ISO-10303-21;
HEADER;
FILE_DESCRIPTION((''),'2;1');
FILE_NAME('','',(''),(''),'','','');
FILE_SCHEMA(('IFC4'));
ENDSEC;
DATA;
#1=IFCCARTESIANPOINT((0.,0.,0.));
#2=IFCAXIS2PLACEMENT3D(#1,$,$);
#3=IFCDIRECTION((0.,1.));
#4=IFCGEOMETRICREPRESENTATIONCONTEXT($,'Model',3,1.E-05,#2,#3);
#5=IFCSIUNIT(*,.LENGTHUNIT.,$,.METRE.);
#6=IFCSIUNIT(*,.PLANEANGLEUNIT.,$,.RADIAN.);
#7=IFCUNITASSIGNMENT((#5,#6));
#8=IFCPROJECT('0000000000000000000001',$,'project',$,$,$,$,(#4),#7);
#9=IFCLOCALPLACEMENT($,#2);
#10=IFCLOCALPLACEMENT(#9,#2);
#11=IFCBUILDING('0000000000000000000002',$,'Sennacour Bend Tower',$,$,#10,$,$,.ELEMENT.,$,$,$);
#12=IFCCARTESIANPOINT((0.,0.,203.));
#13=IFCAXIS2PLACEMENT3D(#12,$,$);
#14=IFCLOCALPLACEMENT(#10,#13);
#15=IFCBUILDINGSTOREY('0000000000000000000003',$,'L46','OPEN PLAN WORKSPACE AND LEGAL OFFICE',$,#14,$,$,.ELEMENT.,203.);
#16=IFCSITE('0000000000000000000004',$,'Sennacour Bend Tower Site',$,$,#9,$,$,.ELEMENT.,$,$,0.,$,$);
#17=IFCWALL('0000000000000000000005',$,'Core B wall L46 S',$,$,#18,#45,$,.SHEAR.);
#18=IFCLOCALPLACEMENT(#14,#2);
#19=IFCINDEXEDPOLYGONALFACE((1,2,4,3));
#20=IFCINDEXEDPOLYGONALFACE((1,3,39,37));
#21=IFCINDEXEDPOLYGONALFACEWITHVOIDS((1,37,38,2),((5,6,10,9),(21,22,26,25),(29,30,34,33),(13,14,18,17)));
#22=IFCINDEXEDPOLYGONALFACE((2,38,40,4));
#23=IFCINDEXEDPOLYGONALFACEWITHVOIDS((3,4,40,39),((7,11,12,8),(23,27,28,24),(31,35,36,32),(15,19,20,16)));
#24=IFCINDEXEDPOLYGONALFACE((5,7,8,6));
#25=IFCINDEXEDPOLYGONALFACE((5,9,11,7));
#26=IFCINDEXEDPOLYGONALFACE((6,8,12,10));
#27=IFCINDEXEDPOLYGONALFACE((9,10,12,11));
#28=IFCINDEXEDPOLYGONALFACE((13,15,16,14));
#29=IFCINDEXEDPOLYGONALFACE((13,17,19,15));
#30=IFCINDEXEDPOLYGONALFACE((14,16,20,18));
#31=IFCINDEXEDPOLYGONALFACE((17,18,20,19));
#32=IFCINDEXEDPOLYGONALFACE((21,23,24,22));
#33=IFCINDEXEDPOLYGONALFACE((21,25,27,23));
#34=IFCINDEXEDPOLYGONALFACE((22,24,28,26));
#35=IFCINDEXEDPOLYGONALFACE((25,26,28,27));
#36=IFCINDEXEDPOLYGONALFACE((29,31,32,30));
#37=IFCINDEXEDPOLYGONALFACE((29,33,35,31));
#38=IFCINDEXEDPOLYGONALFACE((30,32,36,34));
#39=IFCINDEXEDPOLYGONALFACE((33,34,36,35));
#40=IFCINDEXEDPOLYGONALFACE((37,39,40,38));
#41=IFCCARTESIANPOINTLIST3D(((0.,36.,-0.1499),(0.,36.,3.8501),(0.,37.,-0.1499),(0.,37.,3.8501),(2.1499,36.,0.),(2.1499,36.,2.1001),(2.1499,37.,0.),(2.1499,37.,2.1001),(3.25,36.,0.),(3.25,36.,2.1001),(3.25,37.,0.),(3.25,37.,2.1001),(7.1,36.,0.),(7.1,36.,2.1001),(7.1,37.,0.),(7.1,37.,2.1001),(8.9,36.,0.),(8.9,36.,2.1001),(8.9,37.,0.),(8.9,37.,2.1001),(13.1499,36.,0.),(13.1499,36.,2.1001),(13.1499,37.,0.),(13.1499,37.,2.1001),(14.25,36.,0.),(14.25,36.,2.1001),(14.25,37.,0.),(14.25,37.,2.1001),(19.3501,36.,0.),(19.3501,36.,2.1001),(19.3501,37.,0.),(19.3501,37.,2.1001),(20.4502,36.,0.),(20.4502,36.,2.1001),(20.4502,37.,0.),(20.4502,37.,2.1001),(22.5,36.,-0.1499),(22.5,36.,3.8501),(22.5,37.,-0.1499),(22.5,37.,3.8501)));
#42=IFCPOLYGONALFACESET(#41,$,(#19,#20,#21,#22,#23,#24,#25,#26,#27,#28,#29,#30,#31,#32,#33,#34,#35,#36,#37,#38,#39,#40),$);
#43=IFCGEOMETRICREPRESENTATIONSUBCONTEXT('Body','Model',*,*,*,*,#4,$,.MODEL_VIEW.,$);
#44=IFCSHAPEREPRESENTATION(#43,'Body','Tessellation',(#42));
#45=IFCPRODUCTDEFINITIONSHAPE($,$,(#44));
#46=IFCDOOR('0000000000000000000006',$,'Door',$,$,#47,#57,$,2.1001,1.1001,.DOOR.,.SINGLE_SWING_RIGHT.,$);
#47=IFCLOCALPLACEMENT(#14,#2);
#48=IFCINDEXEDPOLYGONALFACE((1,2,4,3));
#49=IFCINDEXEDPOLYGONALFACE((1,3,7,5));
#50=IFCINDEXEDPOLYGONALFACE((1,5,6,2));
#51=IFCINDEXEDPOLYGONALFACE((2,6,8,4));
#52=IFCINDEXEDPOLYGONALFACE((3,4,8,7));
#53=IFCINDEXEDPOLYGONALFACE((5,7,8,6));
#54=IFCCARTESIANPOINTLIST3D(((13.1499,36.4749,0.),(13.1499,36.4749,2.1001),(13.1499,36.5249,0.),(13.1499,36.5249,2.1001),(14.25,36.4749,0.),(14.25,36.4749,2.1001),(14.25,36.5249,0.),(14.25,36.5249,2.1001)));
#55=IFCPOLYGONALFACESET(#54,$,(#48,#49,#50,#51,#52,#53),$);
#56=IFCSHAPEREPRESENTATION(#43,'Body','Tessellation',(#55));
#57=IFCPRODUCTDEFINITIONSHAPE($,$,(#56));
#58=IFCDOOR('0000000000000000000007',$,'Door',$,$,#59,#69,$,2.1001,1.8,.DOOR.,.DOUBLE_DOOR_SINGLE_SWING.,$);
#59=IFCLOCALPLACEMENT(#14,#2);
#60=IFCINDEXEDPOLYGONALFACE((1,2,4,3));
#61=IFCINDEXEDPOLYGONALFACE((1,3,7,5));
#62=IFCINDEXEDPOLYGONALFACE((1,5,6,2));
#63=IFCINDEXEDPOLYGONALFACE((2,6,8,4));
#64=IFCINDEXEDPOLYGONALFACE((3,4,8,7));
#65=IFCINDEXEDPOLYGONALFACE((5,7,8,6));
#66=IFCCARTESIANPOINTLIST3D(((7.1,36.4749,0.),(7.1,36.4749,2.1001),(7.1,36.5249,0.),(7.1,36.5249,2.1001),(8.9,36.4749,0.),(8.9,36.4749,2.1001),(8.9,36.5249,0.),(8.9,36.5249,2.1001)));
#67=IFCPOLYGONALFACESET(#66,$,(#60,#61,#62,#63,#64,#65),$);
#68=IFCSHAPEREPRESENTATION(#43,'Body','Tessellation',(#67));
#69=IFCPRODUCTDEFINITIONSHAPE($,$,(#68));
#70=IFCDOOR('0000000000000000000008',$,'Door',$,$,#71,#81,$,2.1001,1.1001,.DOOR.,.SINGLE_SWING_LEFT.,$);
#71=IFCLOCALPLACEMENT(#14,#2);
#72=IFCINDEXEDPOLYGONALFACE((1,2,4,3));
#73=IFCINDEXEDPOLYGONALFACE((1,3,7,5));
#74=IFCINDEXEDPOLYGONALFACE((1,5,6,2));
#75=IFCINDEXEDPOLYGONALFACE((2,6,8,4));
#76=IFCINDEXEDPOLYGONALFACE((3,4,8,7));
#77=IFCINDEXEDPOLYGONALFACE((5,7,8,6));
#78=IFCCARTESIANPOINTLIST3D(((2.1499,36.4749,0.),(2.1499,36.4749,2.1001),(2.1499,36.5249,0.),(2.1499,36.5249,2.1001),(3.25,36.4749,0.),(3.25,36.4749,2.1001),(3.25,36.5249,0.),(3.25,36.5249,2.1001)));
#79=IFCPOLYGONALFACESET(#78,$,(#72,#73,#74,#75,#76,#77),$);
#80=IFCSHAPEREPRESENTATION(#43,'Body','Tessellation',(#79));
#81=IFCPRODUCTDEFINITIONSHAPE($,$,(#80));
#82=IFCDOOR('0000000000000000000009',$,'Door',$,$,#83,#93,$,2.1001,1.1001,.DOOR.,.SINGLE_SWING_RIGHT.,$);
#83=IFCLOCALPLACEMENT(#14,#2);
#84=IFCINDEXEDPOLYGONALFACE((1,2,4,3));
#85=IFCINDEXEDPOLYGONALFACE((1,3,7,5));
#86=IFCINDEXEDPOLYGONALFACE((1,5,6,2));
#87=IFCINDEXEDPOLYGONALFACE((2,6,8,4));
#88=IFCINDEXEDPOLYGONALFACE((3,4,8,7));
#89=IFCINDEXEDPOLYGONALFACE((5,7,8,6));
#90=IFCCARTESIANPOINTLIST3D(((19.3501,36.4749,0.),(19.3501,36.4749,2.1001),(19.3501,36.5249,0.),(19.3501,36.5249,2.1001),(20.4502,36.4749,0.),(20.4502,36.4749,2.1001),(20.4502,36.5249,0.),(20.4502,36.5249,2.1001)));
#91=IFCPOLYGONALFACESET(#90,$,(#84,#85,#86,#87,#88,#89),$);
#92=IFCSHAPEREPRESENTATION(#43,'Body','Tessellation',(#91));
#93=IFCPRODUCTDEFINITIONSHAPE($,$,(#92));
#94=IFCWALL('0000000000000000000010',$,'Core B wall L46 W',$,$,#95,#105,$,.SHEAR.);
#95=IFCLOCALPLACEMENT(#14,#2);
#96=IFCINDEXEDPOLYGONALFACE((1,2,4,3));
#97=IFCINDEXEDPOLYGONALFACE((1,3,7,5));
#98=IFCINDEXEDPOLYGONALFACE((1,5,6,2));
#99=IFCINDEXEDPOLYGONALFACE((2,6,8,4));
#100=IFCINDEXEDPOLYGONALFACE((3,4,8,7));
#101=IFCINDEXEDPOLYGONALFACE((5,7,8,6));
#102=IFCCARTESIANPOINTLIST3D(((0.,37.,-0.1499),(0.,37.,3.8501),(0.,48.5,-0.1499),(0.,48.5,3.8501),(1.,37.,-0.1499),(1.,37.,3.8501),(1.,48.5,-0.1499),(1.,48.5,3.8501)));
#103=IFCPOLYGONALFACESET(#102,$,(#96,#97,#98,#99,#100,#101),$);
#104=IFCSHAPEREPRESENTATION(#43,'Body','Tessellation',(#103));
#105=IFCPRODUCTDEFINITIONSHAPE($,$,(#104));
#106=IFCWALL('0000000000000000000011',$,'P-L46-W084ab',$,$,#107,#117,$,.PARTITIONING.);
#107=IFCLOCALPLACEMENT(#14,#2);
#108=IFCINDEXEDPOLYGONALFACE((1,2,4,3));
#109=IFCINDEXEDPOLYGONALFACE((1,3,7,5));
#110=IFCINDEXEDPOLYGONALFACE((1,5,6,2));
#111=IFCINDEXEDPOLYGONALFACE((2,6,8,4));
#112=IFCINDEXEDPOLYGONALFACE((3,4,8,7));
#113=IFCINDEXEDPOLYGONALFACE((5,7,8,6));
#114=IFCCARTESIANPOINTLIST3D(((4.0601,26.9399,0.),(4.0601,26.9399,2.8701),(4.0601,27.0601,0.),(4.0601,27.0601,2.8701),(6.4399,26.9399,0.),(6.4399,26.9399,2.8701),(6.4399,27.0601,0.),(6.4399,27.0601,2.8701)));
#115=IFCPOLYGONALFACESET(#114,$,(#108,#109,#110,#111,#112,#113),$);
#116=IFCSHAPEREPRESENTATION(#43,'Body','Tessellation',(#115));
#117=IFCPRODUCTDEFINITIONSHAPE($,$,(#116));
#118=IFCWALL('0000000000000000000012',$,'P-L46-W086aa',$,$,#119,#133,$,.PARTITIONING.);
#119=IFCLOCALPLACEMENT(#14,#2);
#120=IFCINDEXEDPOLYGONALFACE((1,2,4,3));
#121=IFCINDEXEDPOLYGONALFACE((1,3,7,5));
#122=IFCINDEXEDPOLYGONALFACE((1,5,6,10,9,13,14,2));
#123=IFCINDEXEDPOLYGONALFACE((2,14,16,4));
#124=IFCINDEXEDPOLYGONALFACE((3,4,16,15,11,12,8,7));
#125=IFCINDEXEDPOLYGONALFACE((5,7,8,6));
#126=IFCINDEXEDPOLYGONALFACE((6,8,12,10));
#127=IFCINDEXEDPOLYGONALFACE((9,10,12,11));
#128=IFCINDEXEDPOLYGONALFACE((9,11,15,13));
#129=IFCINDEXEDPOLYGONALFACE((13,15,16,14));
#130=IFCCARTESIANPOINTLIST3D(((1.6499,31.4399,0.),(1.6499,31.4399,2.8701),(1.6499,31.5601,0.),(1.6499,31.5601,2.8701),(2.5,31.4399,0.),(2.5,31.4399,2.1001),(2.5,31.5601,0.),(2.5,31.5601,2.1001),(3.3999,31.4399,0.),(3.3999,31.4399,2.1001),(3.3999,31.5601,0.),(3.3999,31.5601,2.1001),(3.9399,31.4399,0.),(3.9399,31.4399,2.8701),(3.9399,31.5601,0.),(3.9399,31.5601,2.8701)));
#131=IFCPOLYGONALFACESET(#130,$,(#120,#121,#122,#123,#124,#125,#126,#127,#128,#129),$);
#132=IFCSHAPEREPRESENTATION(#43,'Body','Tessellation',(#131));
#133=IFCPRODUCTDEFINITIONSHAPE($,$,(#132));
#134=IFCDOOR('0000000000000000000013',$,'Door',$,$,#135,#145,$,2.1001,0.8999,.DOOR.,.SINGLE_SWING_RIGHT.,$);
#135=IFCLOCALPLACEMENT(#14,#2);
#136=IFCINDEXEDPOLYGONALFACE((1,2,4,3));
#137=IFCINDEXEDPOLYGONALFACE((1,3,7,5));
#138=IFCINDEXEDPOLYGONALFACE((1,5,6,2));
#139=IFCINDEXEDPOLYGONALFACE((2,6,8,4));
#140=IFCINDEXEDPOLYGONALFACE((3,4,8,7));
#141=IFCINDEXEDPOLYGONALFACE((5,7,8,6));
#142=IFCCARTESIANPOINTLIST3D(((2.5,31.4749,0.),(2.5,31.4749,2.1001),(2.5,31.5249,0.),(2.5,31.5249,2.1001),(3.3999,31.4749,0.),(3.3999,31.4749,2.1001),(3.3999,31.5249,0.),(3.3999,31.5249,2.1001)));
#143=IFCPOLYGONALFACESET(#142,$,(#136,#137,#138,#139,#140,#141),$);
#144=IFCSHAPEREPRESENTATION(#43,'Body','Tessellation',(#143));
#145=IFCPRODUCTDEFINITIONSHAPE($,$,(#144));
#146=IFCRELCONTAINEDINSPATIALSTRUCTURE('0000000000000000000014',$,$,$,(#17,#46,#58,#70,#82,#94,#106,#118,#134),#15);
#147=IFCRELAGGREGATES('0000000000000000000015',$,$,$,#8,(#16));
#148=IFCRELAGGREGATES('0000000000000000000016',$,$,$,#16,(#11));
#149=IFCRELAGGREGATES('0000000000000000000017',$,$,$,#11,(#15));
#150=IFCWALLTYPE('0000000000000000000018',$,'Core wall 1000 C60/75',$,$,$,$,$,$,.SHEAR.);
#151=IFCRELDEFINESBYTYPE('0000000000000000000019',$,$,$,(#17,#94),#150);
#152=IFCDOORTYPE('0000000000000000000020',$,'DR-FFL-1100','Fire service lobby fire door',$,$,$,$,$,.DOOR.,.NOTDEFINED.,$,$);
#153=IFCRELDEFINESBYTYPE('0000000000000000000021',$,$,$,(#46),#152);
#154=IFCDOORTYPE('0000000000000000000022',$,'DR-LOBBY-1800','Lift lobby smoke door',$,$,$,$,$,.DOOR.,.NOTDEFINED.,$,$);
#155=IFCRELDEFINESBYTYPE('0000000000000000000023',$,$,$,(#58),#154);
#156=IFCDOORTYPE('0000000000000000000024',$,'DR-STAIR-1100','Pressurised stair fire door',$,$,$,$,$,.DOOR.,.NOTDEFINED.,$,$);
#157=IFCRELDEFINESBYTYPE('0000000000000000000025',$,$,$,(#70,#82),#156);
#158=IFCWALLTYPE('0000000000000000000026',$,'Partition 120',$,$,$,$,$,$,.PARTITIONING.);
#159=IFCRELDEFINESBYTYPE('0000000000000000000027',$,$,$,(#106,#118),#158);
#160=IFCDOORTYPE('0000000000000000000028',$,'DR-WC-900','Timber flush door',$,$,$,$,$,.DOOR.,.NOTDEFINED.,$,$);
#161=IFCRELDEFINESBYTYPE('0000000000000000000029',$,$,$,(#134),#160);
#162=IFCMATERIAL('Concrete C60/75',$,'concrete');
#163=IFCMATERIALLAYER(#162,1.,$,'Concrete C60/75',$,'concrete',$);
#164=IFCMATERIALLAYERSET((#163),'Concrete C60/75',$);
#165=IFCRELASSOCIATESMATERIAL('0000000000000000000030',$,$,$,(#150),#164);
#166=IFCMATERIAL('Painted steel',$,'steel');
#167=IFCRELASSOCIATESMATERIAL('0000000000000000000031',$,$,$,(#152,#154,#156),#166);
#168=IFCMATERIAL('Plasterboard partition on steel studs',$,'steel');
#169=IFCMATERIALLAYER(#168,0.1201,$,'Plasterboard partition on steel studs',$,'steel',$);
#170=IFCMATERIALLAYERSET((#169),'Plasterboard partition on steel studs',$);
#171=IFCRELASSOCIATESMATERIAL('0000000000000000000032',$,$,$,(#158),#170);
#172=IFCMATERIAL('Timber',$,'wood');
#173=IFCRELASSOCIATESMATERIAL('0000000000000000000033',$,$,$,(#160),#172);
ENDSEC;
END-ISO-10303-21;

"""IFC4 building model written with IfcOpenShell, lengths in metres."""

from ifc_helpers import new_model, si_unit, direction, frame, frame_2d, origin, place, context, subcontext, project, spatial, rectangle, extrude, material, layer, layer_set, type_object, element, fill, save


model = new_model("IFC4")

# Units and contexts
model_context = context("Model", 3, precision=1e-05, world=origin(), true_north=direction((0.0, 1.0)))
body_context = subcontext(model_context, "Body", "Model", "MODEL_VIEW")
ifc_project = project(units=[si_unit("LENGTHUNIT", "METRE"), si_unit("PLANEANGLEUNIT", "RADIAN")], contexts=[model_context])

# Site, building, storey
site_placement = place(None, origin())
site = spatial("IfcSite", under=ifc_project, at=site_placement, Name="Sennacour Bend Tower Site", CompositionType="ELEMENT", RefElevation=0.0)
building_placement = place(site_placement, origin())
building = spatial("IfcBuilding", under=site, at=building_placement, Name="Sennacour Bend Tower", CompositionType="ELEMENT")
storey_placement = place(building_placement, frame((0.0, 0.0, 203.0)))
storey = spatial("IfcBuildingStorey", under=building, at=storey_placement, Name="L46", Description="OPEN PLAN WORKSPACE AND LEGAL OFFICE", CompositionType="ELEMENT", Elevation=203.0)

# Wall, openings, doors
ifc_material_1 = material(Name="Concrete C60/75", Category="concrete")
ifc_layer_1 = layer(ifc_material_1, 1.0, Name="Concrete C60/75", Category="concrete")
ifc_layer_set_1 = layer_set([ifc_layer_1], Name="Concrete C60/75")
wall_type_1 = type_object("IfcWallType", Name="Core wall 1000 C60/75", PredefinedType="SHEAR", material=ifc_layer_set_1)
wall_1_placement = place(storey_placement, frame((0.0, 36.5, -0.1499), z_axis=(0.0, 0.0, 1.0), x_axis=(1.0, 0.0, 0.0)))
wall_1 = element("IfcWall", 1, at=wall_1_placement, inside=storey, type_object=wall_type_1, Name="Core B wall L46 S", PredefinedType="SHEAR", context=body_context, shape_type="SweptSolid", body=[
    extrude(rectangle(XDim=22.5, YDim=1.0, at=frame_2d((11.25, 0.0))), origin(), (0.0, 0.0, 1.0), 4.0),
])
opening_1_placement = place(wall_1_placement, frame((7.1001, 0.0, 0.1499)))
opening_1 = element("IfcOpeningElement", 2, at=opening_1_placement, cuts=wall_1, PredefinedType="OPENING", context=body_context, shape_type="SweptSolid", body=[
    extrude(rectangle(XDim=1.8, YDim=2.1001, at=frame_2d((0.8999, 1.05))), frame((0.0, 0.51, 0.0), z_axis=(0.0, -1.0, 0.0), x_axis=(1.0, 0.0, 0.0)), (0.0, 0.0, 1.0), 1.02),
])
opening_2_placement = place(wall_1_placement, frame((13.1499, 0.0, 0.1499)))
opening_2 = element("IfcOpeningElement", 3, at=opening_2_placement, cuts=wall_1, PredefinedType="OPENING", context=body_context, shape_type="SweptSolid", body=[
    extrude(rectangle(XDim=1.1001, YDim=2.1001, at=frame_2d((0.55, 1.05))), frame((0.0, 0.51, 0.0), z_axis=(0.0, -1.0, 0.0), x_axis=(1.0, 0.0, 0.0)), (0.0, 0.0, 1.0), 1.02),
])
opening_3_placement = place(wall_1_placement, frame((2.1499, 0.0, 0.1499)))
opening_3 = element("IfcOpeningElement", 4, at=opening_3_placement, cuts=wall_1, PredefinedType="OPENING", context=body_context, shape_type="SweptSolid", body=[
    extrude(rectangle(XDim=1.1001, YDim=2.1001, at=frame_2d((0.55, 1.05))), frame((0.0, 0.51, 0.0), z_axis=(0.0, -1.0, 0.0), x_axis=(1.0, 0.0, 0.0)), (0.0, 0.0, 1.0), 1.02),
])
opening_4_placement = place(wall_1_placement, frame((19.3501, 0.0, 0.1499)))
opening_4 = element("IfcOpeningElement", 5, at=opening_4_placement, cuts=wall_1, PredefinedType="OPENING", context=body_context, shape_type="SweptSolid", body=[
    extrude(rectangle(XDim=1.1001, YDim=2.1001, at=frame_2d((0.55, 1.05))), frame((0.0, 0.51, 0.0), z_axis=(0.0, -1.0, 0.0), x_axis=(1.0, 0.0, 0.0)), (0.0, 0.0, 1.0), 1.02),
])
ifc_material_2 = material(Name="Painted steel", Category="steel")
door_type_1 = type_object("IfcDoorType", Name="DR-FFL-1100", Description="Fire service lobby fire door", OperationType="NOTDEFINED", PredefinedType="DOOR", material=ifc_material_2)
door_1_placement = place(opening_2_placement, origin())
door_1 = element("IfcDoor", 6, at=door_1_placement, inside=storey, type_object=door_type_1, Name="Door", OperationType="SINGLE_SWING_RIGHT", OverallHeight=2.1001, OverallWidth=1.1001, PredefinedType="DOOR", context=body_context, shape_type="SweptSolid", body=[
    extrude(rectangle(XDim=1.1001, YDim=2.1001, at=frame_2d((0.55, 1.05))), frame((0.0, 0.0249, 0.0), z_axis=(0.0, -1.0, 0.0), x_axis=(1.0, 0.0, 0.0)), (0.0, 0.0, 1.0), 0.05),
])
fill(opening_2, door_1)
door_type_2 = type_object("IfcDoorType", Name="DR-LOBBY-1800", Description="Lift lobby smoke door", OperationType="NOTDEFINED", PredefinedType="DOOR", material=ifc_material_2)
door_2_placement = place(opening_1_placement, origin())
door_2 = element("IfcDoor", 7, at=door_2_placement, inside=storey, type_object=door_type_2, Name="Door", OperationType="DOUBLE_DOOR_SINGLE_SWING", OverallHeight=2.1001, OverallWidth=1.8, PredefinedType="DOOR", context=body_context, shape_type="SweptSolid", body=[
    extrude(rectangle(XDim=1.8, YDim=2.1001, at=frame_2d((0.8999, 1.05))), frame((0.0, 0.0249, 0.0), z_axis=(0.0, -1.0, 0.0), x_axis=(1.0, 0.0, 0.0)), (0.0, 0.0, 1.0), 0.05),
])
fill(opening_1, door_2)
door_type_3 = type_object("IfcDoorType", Name="DR-STAIR-1100", Description="Pressurised stair fire door", OperationType="NOTDEFINED", PredefinedType="DOOR", material=ifc_material_2)
door_3_placement = place(opening_3_placement, origin())
door_3 = element("IfcDoor", 8, at=door_3_placement, inside=storey, type_object=door_type_3, Name="Door", OperationType="SINGLE_SWING_LEFT", OverallHeight=2.1001, OverallWidth=1.1001, PredefinedType="DOOR", context=body_context, shape_type="SweptSolid", body=[
    extrude(rectangle(XDim=1.1001, YDim=2.1001, at=frame_2d((0.55, 1.05))), frame((0.0, 0.0249, 0.0), z_axis=(0.0, -1.0, 0.0), x_axis=(1.0, 0.0, 0.0)), (0.0, 0.0, 1.0), 0.05),
])
fill(opening_3, door_3)
door_4_placement = place(opening_4_placement, origin())
door_4 = element("IfcDoor", 9, at=door_4_placement, inside=storey, type_object=door_type_3, Name="Door", OperationType="SINGLE_SWING_RIGHT", OverallHeight=2.1001, OverallWidth=1.1001, PredefinedType="DOOR", context=body_context, shape_type="SweptSolid", body=[
    extrude(rectangle(XDim=1.1001, YDim=2.1001, at=frame_2d((0.55, 1.05))), frame((0.0, 0.0249, 0.0), z_axis=(0.0, -1.0, 0.0), x_axis=(1.0, 0.0, 0.0)), (0.0, 0.0, 1.0), 0.05),
])
fill(opening_4, door_4)

# Walls
wall_2_placement = place(storey_placement, frame((0.5, 37.0, -0.1499), z_axis=(0.0, 0.0, 1.0), x_axis=(0.0, 1.0, 0.0)))
element("IfcWall", 10, at=wall_2_placement, inside=storey, type_object=wall_type_1, Name="Core B wall L46 W", PredefinedType="SHEAR", context=body_context, shape_type="SweptSolid", body=[
    extrude(rectangle(XDim=11.5, YDim=1.0, at=frame_2d((5.75, 0.0))), origin(), (0.0, 0.0, 1.0), 4.0),
])
ifc_material_3 = material(Name="Plasterboard partition on steel studs", Category="steel")
ifc_layer_2 = layer(ifc_material_3, 0.1201, Name="Plasterboard partition on steel studs", Category="steel")
ifc_layer_set_2 = layer_set([ifc_layer_2], Name="Plasterboard partition on steel studs")
wall_type_2 = type_object("IfcWallType", Name="Partition 120", PredefinedType="PARTITIONING", material=ifc_layer_set_2)
wall_3_placement = place(storey_placement, frame((4.0601, 27.0, 0.0), z_axis=(0.0, 0.0, 1.0), x_axis=(1.0, 0.0, 0.0)))
element("IfcWall", 11, at=wall_3_placement, inside=storey, type_object=wall_type_2, Name="P-L46-W084ab", PredefinedType="PARTITIONING", context=body_context, shape_type="SweptSolid", body=[
    extrude(rectangle(XDim=2.3799, YDim=0.1201, at=frame_2d((1.1899, 0.0))), origin(), (0.0, 0.0, 1.0), 2.8701),
])

# Wall, opening, door
wall_4_placement = place(storey_placement, frame((1.6499, 31.5, 0.0), z_axis=(0.0, 0.0, 1.0), x_axis=(1.0, 0.0, 0.0)))
wall_4 = element("IfcWall", 12, at=wall_4_placement, inside=storey, type_object=wall_type_2, Name="P-L46-W086aa", PredefinedType="PARTITIONING", context=body_context, shape_type="SweptSolid", body=[
    extrude(rectangle(XDim=2.29, YDim=0.1201, at=frame_2d((1.145, 0.0))), origin(), (0.0, 0.0, 1.0), 2.8701),
])
opening_5_placement = place(wall_4_placement, frame((0.8501, 0.0, 0.0)))
opening_5 = element("IfcOpeningElement", 13, at=opening_5_placement, cuts=wall_4, PredefinedType="OPENING", context=body_context, shape_type="SweptSolid", body=[
    extrude(rectangle(XDim=0.8999, YDim=2.1001, at=frame_2d((0.45, 1.05))), frame((0.0, 0.0701, 0.0), z_axis=(0.0, -1.0, 0.0), x_axis=(1.0, 0.0, 0.0)), (0.0, 0.0, 1.0), 0.1401),
])
ifc_material_4 = material(Name="Timber", Category="wood")
door_type_4 = type_object("IfcDoorType", Name="DR-WC-900", Description="Timber flush door", OperationType="NOTDEFINED", PredefinedType="DOOR", material=ifc_material_4)
door_5_placement = place(opening_5_placement, origin())
door_5 = element("IfcDoor", 14, at=door_5_placement, inside=storey, type_object=door_type_4, Name="Door", OperationType="SINGLE_SWING_RIGHT", OverallHeight=2.1001, OverallWidth=0.8999, PredefinedType="DOOR", context=body_context, shape_type="SweptSolid", body=[
    extrude(rectangle(XDim=0.8999, YDim=2.1001, at=frame_2d((0.45, 1.05))), frame((0.0, 0.0249, 0.0), z_axis=(0.0, -1.0, 0.0), x_axis=(1.0, 0.0, 0.0)), (0.0, 0.0, 1.0), 0.05),
])
fill(opening_5, door_5)

save(model, "model.ifc")
